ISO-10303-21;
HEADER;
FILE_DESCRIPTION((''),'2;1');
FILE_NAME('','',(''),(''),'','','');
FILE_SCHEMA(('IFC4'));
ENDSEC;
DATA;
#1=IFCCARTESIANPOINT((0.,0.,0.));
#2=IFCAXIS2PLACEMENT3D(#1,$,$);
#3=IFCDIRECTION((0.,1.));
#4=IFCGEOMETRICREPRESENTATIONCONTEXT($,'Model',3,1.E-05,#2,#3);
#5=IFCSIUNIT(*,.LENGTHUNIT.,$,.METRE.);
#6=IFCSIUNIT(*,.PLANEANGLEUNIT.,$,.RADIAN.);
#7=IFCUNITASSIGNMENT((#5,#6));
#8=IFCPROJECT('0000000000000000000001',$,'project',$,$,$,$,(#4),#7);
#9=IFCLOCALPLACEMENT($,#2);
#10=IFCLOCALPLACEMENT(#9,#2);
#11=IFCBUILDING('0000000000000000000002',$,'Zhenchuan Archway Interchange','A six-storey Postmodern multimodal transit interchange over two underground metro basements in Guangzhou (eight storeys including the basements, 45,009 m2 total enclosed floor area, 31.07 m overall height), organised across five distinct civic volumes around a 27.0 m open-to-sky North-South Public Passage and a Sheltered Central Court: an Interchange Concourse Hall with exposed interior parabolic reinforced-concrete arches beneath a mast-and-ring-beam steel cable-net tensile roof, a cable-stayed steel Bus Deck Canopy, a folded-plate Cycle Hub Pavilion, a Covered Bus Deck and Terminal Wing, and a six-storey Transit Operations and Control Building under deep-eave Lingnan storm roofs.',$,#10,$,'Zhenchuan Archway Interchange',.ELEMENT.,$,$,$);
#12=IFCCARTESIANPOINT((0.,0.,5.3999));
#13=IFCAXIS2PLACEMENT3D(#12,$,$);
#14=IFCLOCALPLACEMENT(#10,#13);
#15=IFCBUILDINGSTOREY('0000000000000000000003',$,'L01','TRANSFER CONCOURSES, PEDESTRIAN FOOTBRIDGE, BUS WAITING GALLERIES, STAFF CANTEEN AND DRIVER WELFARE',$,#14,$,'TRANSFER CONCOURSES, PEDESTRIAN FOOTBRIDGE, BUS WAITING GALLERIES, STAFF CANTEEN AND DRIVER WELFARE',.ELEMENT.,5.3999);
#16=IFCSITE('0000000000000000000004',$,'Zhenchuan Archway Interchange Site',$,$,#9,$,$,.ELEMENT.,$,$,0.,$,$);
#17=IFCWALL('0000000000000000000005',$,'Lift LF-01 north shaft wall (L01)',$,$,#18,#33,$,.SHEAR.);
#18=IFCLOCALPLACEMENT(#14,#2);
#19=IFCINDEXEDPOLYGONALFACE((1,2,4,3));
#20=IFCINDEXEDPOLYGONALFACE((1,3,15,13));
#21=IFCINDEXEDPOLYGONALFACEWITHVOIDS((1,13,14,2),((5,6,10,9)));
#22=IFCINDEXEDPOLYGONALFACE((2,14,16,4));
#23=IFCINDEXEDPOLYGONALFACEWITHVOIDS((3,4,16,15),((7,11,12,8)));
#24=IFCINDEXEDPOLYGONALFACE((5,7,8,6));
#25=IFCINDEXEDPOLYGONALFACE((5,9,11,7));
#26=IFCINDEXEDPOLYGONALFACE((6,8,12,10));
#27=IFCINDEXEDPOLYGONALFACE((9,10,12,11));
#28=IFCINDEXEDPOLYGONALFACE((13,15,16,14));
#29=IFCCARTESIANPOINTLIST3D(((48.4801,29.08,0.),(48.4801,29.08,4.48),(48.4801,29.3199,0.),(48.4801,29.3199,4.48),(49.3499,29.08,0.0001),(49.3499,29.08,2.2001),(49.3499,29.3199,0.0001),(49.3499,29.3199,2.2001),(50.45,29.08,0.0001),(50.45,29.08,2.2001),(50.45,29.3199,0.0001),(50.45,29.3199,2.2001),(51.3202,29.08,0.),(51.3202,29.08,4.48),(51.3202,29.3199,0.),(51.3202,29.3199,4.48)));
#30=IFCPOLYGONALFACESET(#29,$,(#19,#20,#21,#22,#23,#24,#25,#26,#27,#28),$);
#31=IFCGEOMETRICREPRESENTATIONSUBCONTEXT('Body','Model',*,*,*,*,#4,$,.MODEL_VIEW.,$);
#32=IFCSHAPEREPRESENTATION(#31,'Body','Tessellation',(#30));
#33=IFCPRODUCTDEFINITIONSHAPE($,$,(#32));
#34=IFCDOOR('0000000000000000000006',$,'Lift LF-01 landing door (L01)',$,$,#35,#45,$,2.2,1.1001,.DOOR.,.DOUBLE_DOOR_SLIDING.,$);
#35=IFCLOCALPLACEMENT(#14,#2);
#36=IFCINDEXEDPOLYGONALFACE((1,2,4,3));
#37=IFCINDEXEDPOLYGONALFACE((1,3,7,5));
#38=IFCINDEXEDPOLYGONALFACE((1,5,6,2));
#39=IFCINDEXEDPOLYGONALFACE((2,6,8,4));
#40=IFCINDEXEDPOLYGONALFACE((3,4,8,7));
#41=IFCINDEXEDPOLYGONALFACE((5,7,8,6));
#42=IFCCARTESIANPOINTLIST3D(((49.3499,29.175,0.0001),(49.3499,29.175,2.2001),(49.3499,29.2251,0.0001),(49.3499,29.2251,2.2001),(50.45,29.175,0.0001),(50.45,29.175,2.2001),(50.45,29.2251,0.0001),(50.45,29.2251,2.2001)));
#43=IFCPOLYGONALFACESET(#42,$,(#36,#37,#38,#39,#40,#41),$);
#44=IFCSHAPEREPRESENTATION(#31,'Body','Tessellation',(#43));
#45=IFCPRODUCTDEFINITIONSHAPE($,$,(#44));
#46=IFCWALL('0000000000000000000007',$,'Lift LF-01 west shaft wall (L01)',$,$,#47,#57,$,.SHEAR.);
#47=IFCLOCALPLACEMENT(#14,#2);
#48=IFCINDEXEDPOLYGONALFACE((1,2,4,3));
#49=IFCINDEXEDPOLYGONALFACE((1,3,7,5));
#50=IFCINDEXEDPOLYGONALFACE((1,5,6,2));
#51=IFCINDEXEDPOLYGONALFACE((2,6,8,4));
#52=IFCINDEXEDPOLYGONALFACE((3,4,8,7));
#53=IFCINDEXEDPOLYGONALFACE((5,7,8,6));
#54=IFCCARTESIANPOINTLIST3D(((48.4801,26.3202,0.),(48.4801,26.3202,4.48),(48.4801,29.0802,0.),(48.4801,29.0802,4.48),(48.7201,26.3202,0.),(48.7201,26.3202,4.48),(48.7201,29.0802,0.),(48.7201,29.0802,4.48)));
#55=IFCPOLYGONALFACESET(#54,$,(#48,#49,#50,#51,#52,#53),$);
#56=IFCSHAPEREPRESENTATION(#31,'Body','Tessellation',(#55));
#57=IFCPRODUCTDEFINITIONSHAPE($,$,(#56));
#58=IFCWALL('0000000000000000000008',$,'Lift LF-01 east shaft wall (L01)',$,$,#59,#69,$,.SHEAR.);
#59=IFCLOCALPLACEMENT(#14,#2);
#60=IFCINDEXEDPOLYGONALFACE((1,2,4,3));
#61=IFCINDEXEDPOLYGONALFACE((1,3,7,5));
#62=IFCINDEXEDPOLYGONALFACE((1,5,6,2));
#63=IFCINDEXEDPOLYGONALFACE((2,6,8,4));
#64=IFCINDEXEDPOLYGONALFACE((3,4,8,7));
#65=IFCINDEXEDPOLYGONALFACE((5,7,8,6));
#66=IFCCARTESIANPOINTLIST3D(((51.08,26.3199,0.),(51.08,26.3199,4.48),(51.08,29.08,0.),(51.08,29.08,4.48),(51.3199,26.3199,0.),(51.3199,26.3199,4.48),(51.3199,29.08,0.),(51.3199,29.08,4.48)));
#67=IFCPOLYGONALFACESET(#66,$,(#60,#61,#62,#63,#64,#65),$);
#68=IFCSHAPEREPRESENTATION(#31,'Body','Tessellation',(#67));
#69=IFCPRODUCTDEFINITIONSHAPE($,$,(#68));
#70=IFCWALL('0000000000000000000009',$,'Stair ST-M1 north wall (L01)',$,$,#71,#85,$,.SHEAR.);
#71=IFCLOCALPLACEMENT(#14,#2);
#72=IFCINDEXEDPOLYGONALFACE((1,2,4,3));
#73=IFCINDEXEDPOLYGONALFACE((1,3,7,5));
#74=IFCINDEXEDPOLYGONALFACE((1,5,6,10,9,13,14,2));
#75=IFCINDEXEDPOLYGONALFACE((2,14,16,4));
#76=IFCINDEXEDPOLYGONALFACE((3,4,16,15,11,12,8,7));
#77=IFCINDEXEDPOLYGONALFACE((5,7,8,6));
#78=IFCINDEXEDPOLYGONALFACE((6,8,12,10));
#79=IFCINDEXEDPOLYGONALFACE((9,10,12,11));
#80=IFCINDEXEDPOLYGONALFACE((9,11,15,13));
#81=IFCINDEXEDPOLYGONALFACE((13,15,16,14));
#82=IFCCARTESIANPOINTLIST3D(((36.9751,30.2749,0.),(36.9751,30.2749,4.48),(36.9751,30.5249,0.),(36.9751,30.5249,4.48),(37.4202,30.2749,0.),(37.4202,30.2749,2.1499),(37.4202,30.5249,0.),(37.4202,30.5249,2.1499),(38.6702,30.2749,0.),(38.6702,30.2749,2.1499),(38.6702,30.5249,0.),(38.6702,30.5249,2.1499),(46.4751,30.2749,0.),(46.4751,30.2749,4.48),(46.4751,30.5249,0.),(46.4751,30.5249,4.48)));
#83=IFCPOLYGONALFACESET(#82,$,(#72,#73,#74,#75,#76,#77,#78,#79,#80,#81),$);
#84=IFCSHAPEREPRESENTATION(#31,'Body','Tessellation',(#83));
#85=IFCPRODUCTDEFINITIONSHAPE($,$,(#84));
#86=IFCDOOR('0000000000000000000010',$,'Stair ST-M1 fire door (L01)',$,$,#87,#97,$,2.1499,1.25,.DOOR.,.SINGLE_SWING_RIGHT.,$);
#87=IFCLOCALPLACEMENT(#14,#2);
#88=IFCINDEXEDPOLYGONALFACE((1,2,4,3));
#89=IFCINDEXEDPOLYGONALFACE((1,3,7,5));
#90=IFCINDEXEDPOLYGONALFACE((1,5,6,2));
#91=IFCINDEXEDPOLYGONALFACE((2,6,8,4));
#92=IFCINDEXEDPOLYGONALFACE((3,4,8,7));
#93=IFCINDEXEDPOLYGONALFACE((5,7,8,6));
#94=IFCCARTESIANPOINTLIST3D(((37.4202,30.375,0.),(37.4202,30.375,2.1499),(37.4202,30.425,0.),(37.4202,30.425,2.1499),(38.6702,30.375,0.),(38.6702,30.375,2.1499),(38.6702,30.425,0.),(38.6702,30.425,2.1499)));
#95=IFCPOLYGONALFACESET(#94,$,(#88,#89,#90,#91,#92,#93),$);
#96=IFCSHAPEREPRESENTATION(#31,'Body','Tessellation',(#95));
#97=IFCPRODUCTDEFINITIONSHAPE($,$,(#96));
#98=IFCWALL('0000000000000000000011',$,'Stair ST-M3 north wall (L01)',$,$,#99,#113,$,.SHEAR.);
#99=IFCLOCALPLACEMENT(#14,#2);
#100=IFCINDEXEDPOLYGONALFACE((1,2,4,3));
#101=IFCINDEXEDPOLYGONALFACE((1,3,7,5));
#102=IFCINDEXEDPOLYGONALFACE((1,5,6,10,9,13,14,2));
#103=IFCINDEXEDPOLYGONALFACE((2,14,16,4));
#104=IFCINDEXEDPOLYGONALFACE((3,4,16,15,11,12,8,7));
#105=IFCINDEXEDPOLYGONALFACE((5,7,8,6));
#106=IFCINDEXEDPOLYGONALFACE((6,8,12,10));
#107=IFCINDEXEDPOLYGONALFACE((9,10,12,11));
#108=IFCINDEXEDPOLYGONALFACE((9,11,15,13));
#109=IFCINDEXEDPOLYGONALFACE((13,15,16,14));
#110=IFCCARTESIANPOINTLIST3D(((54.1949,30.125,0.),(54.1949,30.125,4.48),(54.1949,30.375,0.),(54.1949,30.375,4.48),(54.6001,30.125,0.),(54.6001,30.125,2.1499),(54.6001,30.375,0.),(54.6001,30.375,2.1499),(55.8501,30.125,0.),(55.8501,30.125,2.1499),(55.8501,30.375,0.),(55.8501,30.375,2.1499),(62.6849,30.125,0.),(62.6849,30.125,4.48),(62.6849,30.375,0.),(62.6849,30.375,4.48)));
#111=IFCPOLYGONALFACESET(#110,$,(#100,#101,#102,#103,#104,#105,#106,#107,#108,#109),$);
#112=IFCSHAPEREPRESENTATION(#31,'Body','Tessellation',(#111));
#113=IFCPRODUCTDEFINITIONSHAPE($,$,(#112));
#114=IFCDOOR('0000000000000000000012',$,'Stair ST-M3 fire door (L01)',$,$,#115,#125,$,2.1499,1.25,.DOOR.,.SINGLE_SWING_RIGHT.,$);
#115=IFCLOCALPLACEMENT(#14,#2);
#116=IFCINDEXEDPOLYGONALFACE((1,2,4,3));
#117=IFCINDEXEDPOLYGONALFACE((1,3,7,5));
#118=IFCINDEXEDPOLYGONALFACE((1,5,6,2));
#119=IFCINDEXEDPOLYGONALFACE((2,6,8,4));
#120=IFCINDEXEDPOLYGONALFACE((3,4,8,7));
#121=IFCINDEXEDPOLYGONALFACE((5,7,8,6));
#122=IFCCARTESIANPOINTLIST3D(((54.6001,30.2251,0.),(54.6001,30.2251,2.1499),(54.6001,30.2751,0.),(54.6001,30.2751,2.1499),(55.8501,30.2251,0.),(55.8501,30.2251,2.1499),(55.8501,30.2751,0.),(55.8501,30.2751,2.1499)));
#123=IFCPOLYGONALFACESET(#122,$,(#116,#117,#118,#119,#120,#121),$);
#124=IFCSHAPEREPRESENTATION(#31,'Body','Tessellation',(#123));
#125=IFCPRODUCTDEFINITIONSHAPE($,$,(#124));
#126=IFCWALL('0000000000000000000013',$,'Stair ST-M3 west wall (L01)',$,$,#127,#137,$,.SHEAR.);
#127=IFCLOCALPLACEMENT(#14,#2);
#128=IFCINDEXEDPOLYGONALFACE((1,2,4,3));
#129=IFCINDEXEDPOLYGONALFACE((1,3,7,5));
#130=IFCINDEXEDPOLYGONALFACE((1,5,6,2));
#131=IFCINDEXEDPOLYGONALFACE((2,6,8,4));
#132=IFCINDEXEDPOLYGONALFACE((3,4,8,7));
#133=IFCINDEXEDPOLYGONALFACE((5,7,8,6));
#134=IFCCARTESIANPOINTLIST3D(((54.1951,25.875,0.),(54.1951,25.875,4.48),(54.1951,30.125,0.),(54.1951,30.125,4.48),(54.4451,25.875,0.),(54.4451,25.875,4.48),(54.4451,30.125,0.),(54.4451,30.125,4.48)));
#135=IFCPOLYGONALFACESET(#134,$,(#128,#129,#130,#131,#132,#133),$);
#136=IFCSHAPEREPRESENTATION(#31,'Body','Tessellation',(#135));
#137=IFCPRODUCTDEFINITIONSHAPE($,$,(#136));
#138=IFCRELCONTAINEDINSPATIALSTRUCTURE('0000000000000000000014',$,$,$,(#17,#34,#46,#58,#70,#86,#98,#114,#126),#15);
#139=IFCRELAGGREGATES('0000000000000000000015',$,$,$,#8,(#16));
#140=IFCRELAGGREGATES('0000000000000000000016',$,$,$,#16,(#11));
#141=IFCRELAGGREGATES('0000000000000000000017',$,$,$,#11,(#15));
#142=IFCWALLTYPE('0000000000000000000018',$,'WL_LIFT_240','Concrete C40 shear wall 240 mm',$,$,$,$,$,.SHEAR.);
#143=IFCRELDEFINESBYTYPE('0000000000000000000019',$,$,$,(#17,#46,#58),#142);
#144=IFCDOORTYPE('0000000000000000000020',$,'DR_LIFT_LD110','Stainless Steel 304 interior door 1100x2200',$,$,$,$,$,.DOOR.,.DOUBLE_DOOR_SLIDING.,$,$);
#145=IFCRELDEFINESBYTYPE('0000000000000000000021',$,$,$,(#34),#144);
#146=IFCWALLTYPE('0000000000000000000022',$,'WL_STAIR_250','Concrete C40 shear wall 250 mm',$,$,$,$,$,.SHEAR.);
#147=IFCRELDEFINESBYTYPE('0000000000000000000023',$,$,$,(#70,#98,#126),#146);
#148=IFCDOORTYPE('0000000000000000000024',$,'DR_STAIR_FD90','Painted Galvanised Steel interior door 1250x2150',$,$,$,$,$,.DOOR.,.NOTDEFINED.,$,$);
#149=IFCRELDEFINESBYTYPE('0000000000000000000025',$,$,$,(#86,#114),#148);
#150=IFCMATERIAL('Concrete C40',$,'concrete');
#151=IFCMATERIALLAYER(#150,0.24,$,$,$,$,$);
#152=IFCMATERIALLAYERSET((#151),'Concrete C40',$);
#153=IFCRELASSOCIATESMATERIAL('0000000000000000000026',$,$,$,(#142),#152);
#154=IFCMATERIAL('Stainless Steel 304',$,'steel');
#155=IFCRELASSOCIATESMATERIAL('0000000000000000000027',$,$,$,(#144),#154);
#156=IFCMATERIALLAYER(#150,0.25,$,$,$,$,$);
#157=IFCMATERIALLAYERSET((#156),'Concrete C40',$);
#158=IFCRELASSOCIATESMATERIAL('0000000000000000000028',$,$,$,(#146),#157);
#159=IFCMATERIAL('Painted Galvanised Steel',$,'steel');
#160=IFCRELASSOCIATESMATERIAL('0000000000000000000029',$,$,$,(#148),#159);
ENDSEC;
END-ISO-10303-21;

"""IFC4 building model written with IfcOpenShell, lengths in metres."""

from ifc_helpers import new_model, si_unit, direction, frame, frame_2d, origin, place, context, subcontext, project, spatial, rectangle, extrude, material, layer, layer_set, type_object, element, fill, save


model = new_model("IFC4")

# Units and contexts
model_context = context("Model", 3, precision=1e-05, world=origin(), true_north=direction((0.0, 1.0)))
body_context = subcontext(model_context, "Body", "Model", "MODEL_VIEW")
ifc_project = project(units=[si_unit("LENGTHUNIT", "METRE"), si_unit("PLANEANGLEUNIT", "RADIAN")], contexts=[model_context])

# Site, building, storey
site_placement = place(None, origin())
site = spatial("IfcSite", under=ifc_project, at=site_placement, Name="Zhenchuan Archway Interchange Site", CompositionType="ELEMENT", RefElevation=0.0)
building_placement = place(site_placement, origin())
building = spatial("IfcBuilding", under=site, at=building_placement, Name="Zhenchuan Archway Interchange", Description="A six-storey Postmodern multimodal transit interchange over two underground metro basements in Guangzhou (eight storeys including the basements, 45,009 m2 total enclosed floor area, 31.07 m overall height), organised across five distinct civic volumes around a 27.0 m open-to-sky North-South Public Passage and a Sheltered Central Court: an Interchange Concourse Hall with exposed interior parabolic reinforced-concrete arches beneath a mast-and-ring-beam steel cable-net tensile roof, a cable-stayed steel Bus Deck Canopy, a folded-plate Cycle Hub Pavilion, a Covered Bus Deck and Terminal Wing, and a six-storey Transit Operations and Control Building under deep-eave Lingnan storm roofs.", LongName="Zhenchuan Archway Interchange", CompositionType="ELEMENT")
storey_placement = place(building_placement, frame((0.0, 0.0, 5.3999)))
storey = spatial("IfcBuildingStorey", under=building, at=storey_placement, Name="L01", Description="TRANSFER CONCOURSES, PEDESTRIAN FOOTBRIDGE, BUS WAITING GALLERIES, STAFF CANTEEN AND DRIVER WELFARE", LongName="TRANSFER CONCOURSES, PEDESTRIAN FOOTBRIDGE, BUS WAITING GALLERIES, STAFF CANTEEN AND DRIVER WELFARE", CompositionType="ELEMENT", Elevation=5.3999)

# Shared definitions
ifc_material_1 = material(Name="Concrete C40", Category="concrete")

# Shared definitions
ifc_layer_1 = layer(ifc_material_1, 0.24)
ifc_layer_set_1 = layer_set([ifc_layer_1], Name="Concrete C40")
wall_type_1 = type_object("IfcWallType", Name="WL_LIFT_240", Description="Concrete C40 shear wall 240 mm", PredefinedType="SHEAR", material=ifc_layer_set_1)

# Wall, opening, door
wall_1_placement = place(storey_placement, frame((51.3201, 29.2, 0.0), z_axis=(0.0, 0.0, 1.0), x_axis=(-1.0, 0.0, 0.0)))
wall_1 = element("IfcWall", 1, at=wall_1_placement, inside=storey, type_object=wall_type_1, Name="Lift LF-01 north shaft wall (L01)", PredefinedType="SHEAR", context=body_context, shape_type="SweptSolid", body=[
    extrude(rectangle(XDim=2.8401, YDim=0.24, at=frame_2d((1.4199, 0.0))), origin(), (0.0, 0.0, 1.0), 4.48),
])
opening_1_placement = place(wall_1_placement, frame((0.8701, 0.0, 0.0)))
opening_1 = element("IfcOpeningElement", 2, at=opening_1_placement, cuts=wall_1, PredefinedType="OPENING", context=body_context, shape_type="SweptSolid", body=[
    extrude(rectangle(XDim=1.1001, YDim=2.2, at=frame_2d((0.55, 1.1001))), frame((0.0, 0.1318, 0.0), z_axis=(0.0, -1.0, 0.0), x_axis=(1.0, 0.0, 0.0)), (0.0, 0.0, 1.0), 0.2639),
])
ifc_material_2 = material(Name="Stainless Steel 304", Category="steel")
door_type_1 = type_object("IfcDoorType", Name="DR_LIFT_LD110", Description="Stainless Steel 304 interior door 1100x2200", OperationType="DOUBLE_DOOR_SLIDING", PredefinedType="DOOR", material=ifc_material_2)
door_1_placement = place(opening_1_placement, origin())
door_1 = element("IfcDoor", 3, at=door_1_placement, inside=storey, type_object=door_type_1, Name="Lift LF-01 landing door (L01)", OperationType="DOUBLE_DOOR_SLIDING", OverallHeight=2.2, OverallWidth=1.1001, PredefinedType="DOOR", context=body_context, shape_type="SweptSolid", body=[
    extrude(rectangle(XDim=1.1001, YDim=2.2, at=frame_2d((0.55, 1.1001))), frame((0.0, 0.0249, 0.0), z_axis=(0.0, -1.0, 0.0), x_axis=(1.0, 0.0, 0.0)), (0.0, 0.0, 1.0), 0.05),
])
fill(opening_1, door_1)

# Walls
for number, where, z_axis, x_axis, name in (
    (4, (48.6001, 29.0801, 0.0), (0.0, 0.0, 1.0), (0.0, -1.0, 0.0), "Lift LF-01 west shaft wall (L01)"),
    (5, (51.2, 26.3201, 0.0), (0.0, 0.0, 1.0), (0.0, 1.0, 0.0), "Lift LF-01 east shaft wall (L01)"),
):
    element("IfcWall", number, at=place(storey_placement, frame(where, z_axis=z_axis, x_axis=x_axis)), inside=storey, type_object=wall_type_1, Name=name, PredefinedType="SHEAR", context=body_context, shape_type="SweptSolid", body=[
        extrude(rectangle(XDim=2.76, YDim=0.24, at=frame_2d((1.3799, 0.0))), origin(), (0.0, 0.0, 1.0), 4.48),
    ])

# Walls, openings, doors
ifc_layer_2 = layer(ifc_material_1, 0.25)
ifc_layer_set_2 = layer_set([ifc_layer_2], Name="Concrete C40")
wall_type_2 = type_object("IfcWallType", Name="WL_STAIR_250", Description="Concrete C40 shear wall 250 mm", PredefinedType="SHEAR", material=ifc_layer_set_2)
wall_2_placement = place(storey_placement, frame((46.4751, 30.3999, 0.0), z_axis=(0.0, 0.0, 1.0), x_axis=(-1.0, 0.0, 0.0)))
wall_2 = element("IfcWall", 6, at=wall_2_placement, inside=storey, type_object=wall_type_2, Name="Stair ST-M1 north wall (L01)", PredefinedType="SHEAR", context=body_context, shape_type="SweptSolid", body=[
    extrude(rectangle(XDim=9.5, YDim=0.25, at=frame_2d((4.75, 0.0))), origin(), (0.0, 0.0, 1.0), 4.48),
])
opening_2_placement = place(wall_2_placement, frame((7.8049, 0.0, 0.0)))
opening_2 = element("IfcOpeningElement", 7, at=opening_2_placement, cuts=wall_2, PredefinedType="OPENING", context=body_context, shape_type="SweptSolid", body=[
    extrude(rectangle(XDim=1.25, YDim=2.1499, at=frame_2d((0.625, 1.075))), frame((0.0, 0.137, 0.0), z_axis=(0.0, -1.0, 0.0), x_axis=(1.0, 0.0, 0.0)), (0.0, 0.0, 1.0), 0.2739),
])
ifc_material_3 = material(Name="Painted Galvanised Steel", Category="steel")
door_type_2 = type_object("IfcDoorType", Name="DR_STAIR_FD90", Description="Painted Galvanised Steel interior door 1250x2150", OperationType="NOTDEFINED", PredefinedType="DOOR", material=ifc_material_3)
door_2_placement = place(opening_2_placement, origin())
door_2 = element("IfcDoor", 8, at=door_2_placement, inside=storey, type_object=door_type_2, Name="Stair ST-M1 fire door (L01)", OperationType="SINGLE_SWING_RIGHT", OverallHeight=2.1499, OverallWidth=1.25, PredefinedType="DOOR", context=body_context, shape_type="SweptSolid", body=[
    extrude(rectangle(XDim=1.25, YDim=2.1499, at=frame_2d((0.625, 1.075))), frame((0.0, 0.0249, 0.0), z_axis=(0.0, -1.0, 0.0), x_axis=(1.0, 0.0, 0.0)), (0.0, 0.0, 1.0), 0.05),
])
fill(opening_2, door_2)
wall_3_placement = place(storey_placement, frame((62.6851, 30.25, 0.0), z_axis=(0.0, 0.0, 1.0), x_axis=(-1.0, 0.0, 0.0)))
wall_3 = element("IfcWall", 9, at=wall_3_placement, inside=storey, type_object=wall_type_2, Name="Stair ST-M3 north wall (L01)", PredefinedType="SHEAR", context=body_context, shape_type="SweptSolid", body=[
    extrude(rectangle(XDim=8.49, YDim=0.25, at=frame_2d((4.2451, 0.0))), origin(), (0.0, 0.0, 1.0), 4.48),
])
opening_3_placement = place(wall_3_placement, frame((6.835, 0.0, 0.0)))
opening_3 = element("IfcOpeningElement", 10, at=opening_3_placement, cuts=wall_3, PredefinedType="OPENING", context=body_context, shape_type="SweptSolid", body=[
    extrude(rectangle(XDim=1.25, YDim=2.1499, at=frame_2d((0.625, 1.075))), frame((0.0, 0.137, 0.0), z_axis=(0.0, -1.0, 0.0), x_axis=(1.0, 0.0, 0.0)), (0.0, 0.0, 1.0), 0.2739),
])
door_3_placement = place(opening_3_placement, origin())
door_3 = element("IfcDoor", 11, at=door_3_placement, inside=storey, type_object=door_type_2, Name="Stair ST-M3 fire door (L01)", OperationType="SINGLE_SWING_RIGHT", OverallHeight=2.1499, OverallWidth=1.25, PredefinedType="DOOR", context=body_context, shape_type="SweptSolid", body=[
    extrude(rectangle(XDim=1.25, YDim=2.1499, at=frame_2d((0.625, 1.075))), frame((0.0, 0.0249, 0.0), z_axis=(0.0, -1.0, 0.0), x_axis=(1.0, 0.0, 0.0)), (0.0, 0.0, 1.0), 0.05),
])
fill(opening_3, door_3)

# Wall
wall_4_placement = place(storey_placement, frame((54.3201, 30.125, 0.0), z_axis=(0.0, 0.0, 1.0), x_axis=(0.0, -1.0, 0.0)))
element("IfcWall", 12, at=wall_4_placement, inside=storey, type_object=wall_type_2, Name="Stair ST-M3 west wall (L01)", PredefinedType="SHEAR", context=body_context, shape_type="SweptSolid", body=[
    extrude(rectangle(XDim=4.25, YDim=0.25, at=frame_2d((2.125, 0.0))), origin(), (0.0, 0.0, 1.0), 4.48),
])

save(model, "model.ifc")
